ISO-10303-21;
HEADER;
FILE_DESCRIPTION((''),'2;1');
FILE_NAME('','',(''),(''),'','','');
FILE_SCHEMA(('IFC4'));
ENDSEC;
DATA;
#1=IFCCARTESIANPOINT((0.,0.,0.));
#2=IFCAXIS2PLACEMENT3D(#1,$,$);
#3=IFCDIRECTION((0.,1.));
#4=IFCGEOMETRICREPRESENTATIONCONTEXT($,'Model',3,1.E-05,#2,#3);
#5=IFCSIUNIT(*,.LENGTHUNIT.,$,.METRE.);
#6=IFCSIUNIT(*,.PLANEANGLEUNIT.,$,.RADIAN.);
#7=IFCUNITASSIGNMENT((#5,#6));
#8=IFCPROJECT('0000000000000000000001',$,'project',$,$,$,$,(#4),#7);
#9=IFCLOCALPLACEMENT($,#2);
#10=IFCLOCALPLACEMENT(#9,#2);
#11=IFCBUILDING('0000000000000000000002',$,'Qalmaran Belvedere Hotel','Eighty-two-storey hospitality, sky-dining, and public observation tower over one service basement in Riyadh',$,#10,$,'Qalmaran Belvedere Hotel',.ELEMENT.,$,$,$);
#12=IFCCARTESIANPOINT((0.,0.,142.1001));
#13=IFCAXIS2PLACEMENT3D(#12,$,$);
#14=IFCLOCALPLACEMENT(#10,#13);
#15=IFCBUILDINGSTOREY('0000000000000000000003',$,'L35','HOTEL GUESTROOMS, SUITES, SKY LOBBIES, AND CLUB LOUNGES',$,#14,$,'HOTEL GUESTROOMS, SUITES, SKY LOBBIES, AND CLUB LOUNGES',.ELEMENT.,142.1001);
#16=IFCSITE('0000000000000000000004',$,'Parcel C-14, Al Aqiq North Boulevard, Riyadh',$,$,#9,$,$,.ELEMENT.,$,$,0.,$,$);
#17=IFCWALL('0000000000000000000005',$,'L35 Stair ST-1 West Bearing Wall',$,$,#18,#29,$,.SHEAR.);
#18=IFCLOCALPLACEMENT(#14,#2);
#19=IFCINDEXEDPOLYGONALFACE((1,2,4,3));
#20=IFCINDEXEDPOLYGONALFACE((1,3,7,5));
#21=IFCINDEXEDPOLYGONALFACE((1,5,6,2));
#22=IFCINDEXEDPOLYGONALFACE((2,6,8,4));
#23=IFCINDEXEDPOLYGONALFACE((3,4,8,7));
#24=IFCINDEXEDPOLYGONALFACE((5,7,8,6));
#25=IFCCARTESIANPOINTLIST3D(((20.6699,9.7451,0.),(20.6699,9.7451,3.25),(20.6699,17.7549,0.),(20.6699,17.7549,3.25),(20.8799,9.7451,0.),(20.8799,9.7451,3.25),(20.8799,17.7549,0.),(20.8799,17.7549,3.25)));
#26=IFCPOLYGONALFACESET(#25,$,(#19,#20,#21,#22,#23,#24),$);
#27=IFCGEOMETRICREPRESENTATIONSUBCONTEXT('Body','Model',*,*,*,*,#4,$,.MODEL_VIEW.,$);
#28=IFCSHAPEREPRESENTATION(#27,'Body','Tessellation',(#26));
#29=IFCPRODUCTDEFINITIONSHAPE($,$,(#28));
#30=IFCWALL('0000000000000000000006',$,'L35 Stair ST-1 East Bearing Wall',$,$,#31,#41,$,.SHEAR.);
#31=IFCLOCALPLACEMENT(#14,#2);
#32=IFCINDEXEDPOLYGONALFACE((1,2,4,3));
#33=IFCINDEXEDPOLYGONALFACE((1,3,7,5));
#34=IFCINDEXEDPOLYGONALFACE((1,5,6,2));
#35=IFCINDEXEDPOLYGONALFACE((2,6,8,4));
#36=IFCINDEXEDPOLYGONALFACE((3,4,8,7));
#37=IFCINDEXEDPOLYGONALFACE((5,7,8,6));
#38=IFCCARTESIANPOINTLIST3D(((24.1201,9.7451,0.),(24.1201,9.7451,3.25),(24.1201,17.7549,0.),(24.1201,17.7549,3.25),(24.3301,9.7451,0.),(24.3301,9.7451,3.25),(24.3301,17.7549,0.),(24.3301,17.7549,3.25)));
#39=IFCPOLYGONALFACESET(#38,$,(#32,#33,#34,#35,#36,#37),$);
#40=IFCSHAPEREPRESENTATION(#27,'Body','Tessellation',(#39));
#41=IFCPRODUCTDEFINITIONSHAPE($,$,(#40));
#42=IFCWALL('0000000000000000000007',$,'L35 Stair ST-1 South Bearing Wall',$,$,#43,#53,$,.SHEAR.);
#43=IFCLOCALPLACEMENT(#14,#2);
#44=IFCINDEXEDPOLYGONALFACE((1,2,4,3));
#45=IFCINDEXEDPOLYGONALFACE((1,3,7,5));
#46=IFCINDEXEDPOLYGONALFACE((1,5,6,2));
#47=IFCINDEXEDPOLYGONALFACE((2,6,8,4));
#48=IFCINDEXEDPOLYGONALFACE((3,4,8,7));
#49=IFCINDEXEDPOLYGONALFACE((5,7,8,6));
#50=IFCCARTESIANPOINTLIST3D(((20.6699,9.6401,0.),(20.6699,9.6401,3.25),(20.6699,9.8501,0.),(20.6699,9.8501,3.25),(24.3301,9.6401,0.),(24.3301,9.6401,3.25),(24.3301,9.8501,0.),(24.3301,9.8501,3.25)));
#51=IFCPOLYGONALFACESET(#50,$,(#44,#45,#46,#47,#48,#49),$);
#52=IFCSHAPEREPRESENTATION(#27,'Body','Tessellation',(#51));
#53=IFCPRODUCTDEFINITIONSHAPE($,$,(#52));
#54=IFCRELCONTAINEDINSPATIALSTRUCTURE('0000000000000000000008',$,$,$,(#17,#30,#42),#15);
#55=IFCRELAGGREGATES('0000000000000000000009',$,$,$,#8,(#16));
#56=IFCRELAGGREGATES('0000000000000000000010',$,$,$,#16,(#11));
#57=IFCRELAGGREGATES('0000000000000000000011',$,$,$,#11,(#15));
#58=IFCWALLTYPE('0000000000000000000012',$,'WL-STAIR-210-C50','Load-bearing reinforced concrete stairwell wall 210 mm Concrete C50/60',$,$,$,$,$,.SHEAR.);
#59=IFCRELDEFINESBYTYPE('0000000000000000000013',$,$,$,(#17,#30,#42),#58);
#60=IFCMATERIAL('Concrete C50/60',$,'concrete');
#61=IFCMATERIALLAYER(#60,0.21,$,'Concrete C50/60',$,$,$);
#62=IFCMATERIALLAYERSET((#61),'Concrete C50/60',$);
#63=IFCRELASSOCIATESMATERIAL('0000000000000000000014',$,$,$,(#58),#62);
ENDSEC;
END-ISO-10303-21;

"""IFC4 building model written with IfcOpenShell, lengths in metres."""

from ifc_helpers import new_model, si_unit, direction, frame, frame_2d, origin, place, context, subcontext, project, spatial, rectangle, extrude, material, layer, layer_set, type_object, element, save


model = new_model("IFC4")

# Units and contexts
model_context = context("Model", 3, precision=1e-05, world=origin(), true_north=direction((0.0, 1.0)))
body_context = subcontext(model_context, "Body", "Model", "MODEL_VIEW")
ifc_project = project(units=[si_unit("LENGTHUNIT", "METRE"), si_unit("PLANEANGLEUNIT", "RADIAN")], contexts=[model_context])

# Site, building, storey
site_placement = place(None, origin())
site = spatial("IfcSite", under=ifc_project, at=site_placement, Name="Parcel C-14, Al Aqiq North Boulevard, Riyadh", CompositionType="ELEMENT", RefElevation=0.0)
building_placement = place(site_placement, origin())
building = spatial("IfcBuilding", under=site, at=building_placement, Name="Qalmaran Belvedere Hotel", Description="Eighty-two-storey hospitality, sky-dining, and public observation tower over one service basement in Riyadh", LongName="Qalmaran Belvedere Hotel", CompositionType="ELEMENT")
storey_placement = place(building_placement, frame((0.0, 0.0, 142.1001)))
storey = spatial("IfcBuildingStorey", under=building, at=storey_placement, Name="L35", Description="HOTEL GUESTROOMS, SUITES, SKY LOBBIES, AND CLUB LOUNGES", LongName="HOTEL GUESTROOMS, SUITES, SKY LOBBIES, AND CLUB LOUNGES", CompositionType="ELEMENT", Elevation=142.1001)

# Shared definitions
ifc_material_1 = material(Name="Concrete C50/60", Category="concrete")

# Walls
ifc_layer_1 = layer(ifc_material_1, 0.21, Name="Concrete C50/60")
ifc_layer_set_1 = layer_set([ifc_layer_1], Name="Concrete C50/60")
wall_type_1 = type_object("IfcWallType", Name="WL-STAIR-210-C50", Description="Load-bearing reinforced concrete stairwell wall 210 mm Concrete C50/60", PredefinedType="SHEAR", material=ifc_layer_set_1)
for number, where, z_axis, x_axis, name in (
    (1, (20.7749, 9.7451, 0.0), (0.0, 0.0, 1.0), (0.0, 1.0, 0.0), "L35 Stair ST-1 West Bearing Wall"),
    (2, (24.2251, 9.7451, 0.0), (0.0, 0.0, 1.0), (0.0, 1.0, 0.0), "L35 Stair ST-1 East Bearing Wall"),
):
    element("IfcWall", number, at=place(storey_placement, frame(where, z_axis=z_axis, x_axis=x_axis)), inside=storey, type_object=wall_type_1, Name=name, PredefinedType="SHEAR", context=body_context, shape_type="SweptSolid", body=[
        extrude(rectangle(XDim=8.0098, YDim=0.21, at=frame_2d((4.0049, 0.0))), origin(), (0.0, 0.0, 1.0), 3.25),
    ])
wall_1_placement = place(storey_placement, frame((20.6699, 9.7451, 0.0), z_axis=(0.0, 0.0, 1.0), x_axis=(1.0, 0.0, 0.0)))
element("IfcWall", 3, at=wall_1_placement, inside=storey, type_object=wall_type_1, Name="L35 Stair ST-1 South Bearing Wall", PredefinedType="SHEAR", context=body_context, shape_type="SweptSolid", body=[
    extrude(rectangle(XDim=3.6602, YDim=0.21, at=frame_2d((1.8301, 0.0))), origin(), (0.0, 0.0, 1.0), 3.25),
])

save(model, "model.ifc")
